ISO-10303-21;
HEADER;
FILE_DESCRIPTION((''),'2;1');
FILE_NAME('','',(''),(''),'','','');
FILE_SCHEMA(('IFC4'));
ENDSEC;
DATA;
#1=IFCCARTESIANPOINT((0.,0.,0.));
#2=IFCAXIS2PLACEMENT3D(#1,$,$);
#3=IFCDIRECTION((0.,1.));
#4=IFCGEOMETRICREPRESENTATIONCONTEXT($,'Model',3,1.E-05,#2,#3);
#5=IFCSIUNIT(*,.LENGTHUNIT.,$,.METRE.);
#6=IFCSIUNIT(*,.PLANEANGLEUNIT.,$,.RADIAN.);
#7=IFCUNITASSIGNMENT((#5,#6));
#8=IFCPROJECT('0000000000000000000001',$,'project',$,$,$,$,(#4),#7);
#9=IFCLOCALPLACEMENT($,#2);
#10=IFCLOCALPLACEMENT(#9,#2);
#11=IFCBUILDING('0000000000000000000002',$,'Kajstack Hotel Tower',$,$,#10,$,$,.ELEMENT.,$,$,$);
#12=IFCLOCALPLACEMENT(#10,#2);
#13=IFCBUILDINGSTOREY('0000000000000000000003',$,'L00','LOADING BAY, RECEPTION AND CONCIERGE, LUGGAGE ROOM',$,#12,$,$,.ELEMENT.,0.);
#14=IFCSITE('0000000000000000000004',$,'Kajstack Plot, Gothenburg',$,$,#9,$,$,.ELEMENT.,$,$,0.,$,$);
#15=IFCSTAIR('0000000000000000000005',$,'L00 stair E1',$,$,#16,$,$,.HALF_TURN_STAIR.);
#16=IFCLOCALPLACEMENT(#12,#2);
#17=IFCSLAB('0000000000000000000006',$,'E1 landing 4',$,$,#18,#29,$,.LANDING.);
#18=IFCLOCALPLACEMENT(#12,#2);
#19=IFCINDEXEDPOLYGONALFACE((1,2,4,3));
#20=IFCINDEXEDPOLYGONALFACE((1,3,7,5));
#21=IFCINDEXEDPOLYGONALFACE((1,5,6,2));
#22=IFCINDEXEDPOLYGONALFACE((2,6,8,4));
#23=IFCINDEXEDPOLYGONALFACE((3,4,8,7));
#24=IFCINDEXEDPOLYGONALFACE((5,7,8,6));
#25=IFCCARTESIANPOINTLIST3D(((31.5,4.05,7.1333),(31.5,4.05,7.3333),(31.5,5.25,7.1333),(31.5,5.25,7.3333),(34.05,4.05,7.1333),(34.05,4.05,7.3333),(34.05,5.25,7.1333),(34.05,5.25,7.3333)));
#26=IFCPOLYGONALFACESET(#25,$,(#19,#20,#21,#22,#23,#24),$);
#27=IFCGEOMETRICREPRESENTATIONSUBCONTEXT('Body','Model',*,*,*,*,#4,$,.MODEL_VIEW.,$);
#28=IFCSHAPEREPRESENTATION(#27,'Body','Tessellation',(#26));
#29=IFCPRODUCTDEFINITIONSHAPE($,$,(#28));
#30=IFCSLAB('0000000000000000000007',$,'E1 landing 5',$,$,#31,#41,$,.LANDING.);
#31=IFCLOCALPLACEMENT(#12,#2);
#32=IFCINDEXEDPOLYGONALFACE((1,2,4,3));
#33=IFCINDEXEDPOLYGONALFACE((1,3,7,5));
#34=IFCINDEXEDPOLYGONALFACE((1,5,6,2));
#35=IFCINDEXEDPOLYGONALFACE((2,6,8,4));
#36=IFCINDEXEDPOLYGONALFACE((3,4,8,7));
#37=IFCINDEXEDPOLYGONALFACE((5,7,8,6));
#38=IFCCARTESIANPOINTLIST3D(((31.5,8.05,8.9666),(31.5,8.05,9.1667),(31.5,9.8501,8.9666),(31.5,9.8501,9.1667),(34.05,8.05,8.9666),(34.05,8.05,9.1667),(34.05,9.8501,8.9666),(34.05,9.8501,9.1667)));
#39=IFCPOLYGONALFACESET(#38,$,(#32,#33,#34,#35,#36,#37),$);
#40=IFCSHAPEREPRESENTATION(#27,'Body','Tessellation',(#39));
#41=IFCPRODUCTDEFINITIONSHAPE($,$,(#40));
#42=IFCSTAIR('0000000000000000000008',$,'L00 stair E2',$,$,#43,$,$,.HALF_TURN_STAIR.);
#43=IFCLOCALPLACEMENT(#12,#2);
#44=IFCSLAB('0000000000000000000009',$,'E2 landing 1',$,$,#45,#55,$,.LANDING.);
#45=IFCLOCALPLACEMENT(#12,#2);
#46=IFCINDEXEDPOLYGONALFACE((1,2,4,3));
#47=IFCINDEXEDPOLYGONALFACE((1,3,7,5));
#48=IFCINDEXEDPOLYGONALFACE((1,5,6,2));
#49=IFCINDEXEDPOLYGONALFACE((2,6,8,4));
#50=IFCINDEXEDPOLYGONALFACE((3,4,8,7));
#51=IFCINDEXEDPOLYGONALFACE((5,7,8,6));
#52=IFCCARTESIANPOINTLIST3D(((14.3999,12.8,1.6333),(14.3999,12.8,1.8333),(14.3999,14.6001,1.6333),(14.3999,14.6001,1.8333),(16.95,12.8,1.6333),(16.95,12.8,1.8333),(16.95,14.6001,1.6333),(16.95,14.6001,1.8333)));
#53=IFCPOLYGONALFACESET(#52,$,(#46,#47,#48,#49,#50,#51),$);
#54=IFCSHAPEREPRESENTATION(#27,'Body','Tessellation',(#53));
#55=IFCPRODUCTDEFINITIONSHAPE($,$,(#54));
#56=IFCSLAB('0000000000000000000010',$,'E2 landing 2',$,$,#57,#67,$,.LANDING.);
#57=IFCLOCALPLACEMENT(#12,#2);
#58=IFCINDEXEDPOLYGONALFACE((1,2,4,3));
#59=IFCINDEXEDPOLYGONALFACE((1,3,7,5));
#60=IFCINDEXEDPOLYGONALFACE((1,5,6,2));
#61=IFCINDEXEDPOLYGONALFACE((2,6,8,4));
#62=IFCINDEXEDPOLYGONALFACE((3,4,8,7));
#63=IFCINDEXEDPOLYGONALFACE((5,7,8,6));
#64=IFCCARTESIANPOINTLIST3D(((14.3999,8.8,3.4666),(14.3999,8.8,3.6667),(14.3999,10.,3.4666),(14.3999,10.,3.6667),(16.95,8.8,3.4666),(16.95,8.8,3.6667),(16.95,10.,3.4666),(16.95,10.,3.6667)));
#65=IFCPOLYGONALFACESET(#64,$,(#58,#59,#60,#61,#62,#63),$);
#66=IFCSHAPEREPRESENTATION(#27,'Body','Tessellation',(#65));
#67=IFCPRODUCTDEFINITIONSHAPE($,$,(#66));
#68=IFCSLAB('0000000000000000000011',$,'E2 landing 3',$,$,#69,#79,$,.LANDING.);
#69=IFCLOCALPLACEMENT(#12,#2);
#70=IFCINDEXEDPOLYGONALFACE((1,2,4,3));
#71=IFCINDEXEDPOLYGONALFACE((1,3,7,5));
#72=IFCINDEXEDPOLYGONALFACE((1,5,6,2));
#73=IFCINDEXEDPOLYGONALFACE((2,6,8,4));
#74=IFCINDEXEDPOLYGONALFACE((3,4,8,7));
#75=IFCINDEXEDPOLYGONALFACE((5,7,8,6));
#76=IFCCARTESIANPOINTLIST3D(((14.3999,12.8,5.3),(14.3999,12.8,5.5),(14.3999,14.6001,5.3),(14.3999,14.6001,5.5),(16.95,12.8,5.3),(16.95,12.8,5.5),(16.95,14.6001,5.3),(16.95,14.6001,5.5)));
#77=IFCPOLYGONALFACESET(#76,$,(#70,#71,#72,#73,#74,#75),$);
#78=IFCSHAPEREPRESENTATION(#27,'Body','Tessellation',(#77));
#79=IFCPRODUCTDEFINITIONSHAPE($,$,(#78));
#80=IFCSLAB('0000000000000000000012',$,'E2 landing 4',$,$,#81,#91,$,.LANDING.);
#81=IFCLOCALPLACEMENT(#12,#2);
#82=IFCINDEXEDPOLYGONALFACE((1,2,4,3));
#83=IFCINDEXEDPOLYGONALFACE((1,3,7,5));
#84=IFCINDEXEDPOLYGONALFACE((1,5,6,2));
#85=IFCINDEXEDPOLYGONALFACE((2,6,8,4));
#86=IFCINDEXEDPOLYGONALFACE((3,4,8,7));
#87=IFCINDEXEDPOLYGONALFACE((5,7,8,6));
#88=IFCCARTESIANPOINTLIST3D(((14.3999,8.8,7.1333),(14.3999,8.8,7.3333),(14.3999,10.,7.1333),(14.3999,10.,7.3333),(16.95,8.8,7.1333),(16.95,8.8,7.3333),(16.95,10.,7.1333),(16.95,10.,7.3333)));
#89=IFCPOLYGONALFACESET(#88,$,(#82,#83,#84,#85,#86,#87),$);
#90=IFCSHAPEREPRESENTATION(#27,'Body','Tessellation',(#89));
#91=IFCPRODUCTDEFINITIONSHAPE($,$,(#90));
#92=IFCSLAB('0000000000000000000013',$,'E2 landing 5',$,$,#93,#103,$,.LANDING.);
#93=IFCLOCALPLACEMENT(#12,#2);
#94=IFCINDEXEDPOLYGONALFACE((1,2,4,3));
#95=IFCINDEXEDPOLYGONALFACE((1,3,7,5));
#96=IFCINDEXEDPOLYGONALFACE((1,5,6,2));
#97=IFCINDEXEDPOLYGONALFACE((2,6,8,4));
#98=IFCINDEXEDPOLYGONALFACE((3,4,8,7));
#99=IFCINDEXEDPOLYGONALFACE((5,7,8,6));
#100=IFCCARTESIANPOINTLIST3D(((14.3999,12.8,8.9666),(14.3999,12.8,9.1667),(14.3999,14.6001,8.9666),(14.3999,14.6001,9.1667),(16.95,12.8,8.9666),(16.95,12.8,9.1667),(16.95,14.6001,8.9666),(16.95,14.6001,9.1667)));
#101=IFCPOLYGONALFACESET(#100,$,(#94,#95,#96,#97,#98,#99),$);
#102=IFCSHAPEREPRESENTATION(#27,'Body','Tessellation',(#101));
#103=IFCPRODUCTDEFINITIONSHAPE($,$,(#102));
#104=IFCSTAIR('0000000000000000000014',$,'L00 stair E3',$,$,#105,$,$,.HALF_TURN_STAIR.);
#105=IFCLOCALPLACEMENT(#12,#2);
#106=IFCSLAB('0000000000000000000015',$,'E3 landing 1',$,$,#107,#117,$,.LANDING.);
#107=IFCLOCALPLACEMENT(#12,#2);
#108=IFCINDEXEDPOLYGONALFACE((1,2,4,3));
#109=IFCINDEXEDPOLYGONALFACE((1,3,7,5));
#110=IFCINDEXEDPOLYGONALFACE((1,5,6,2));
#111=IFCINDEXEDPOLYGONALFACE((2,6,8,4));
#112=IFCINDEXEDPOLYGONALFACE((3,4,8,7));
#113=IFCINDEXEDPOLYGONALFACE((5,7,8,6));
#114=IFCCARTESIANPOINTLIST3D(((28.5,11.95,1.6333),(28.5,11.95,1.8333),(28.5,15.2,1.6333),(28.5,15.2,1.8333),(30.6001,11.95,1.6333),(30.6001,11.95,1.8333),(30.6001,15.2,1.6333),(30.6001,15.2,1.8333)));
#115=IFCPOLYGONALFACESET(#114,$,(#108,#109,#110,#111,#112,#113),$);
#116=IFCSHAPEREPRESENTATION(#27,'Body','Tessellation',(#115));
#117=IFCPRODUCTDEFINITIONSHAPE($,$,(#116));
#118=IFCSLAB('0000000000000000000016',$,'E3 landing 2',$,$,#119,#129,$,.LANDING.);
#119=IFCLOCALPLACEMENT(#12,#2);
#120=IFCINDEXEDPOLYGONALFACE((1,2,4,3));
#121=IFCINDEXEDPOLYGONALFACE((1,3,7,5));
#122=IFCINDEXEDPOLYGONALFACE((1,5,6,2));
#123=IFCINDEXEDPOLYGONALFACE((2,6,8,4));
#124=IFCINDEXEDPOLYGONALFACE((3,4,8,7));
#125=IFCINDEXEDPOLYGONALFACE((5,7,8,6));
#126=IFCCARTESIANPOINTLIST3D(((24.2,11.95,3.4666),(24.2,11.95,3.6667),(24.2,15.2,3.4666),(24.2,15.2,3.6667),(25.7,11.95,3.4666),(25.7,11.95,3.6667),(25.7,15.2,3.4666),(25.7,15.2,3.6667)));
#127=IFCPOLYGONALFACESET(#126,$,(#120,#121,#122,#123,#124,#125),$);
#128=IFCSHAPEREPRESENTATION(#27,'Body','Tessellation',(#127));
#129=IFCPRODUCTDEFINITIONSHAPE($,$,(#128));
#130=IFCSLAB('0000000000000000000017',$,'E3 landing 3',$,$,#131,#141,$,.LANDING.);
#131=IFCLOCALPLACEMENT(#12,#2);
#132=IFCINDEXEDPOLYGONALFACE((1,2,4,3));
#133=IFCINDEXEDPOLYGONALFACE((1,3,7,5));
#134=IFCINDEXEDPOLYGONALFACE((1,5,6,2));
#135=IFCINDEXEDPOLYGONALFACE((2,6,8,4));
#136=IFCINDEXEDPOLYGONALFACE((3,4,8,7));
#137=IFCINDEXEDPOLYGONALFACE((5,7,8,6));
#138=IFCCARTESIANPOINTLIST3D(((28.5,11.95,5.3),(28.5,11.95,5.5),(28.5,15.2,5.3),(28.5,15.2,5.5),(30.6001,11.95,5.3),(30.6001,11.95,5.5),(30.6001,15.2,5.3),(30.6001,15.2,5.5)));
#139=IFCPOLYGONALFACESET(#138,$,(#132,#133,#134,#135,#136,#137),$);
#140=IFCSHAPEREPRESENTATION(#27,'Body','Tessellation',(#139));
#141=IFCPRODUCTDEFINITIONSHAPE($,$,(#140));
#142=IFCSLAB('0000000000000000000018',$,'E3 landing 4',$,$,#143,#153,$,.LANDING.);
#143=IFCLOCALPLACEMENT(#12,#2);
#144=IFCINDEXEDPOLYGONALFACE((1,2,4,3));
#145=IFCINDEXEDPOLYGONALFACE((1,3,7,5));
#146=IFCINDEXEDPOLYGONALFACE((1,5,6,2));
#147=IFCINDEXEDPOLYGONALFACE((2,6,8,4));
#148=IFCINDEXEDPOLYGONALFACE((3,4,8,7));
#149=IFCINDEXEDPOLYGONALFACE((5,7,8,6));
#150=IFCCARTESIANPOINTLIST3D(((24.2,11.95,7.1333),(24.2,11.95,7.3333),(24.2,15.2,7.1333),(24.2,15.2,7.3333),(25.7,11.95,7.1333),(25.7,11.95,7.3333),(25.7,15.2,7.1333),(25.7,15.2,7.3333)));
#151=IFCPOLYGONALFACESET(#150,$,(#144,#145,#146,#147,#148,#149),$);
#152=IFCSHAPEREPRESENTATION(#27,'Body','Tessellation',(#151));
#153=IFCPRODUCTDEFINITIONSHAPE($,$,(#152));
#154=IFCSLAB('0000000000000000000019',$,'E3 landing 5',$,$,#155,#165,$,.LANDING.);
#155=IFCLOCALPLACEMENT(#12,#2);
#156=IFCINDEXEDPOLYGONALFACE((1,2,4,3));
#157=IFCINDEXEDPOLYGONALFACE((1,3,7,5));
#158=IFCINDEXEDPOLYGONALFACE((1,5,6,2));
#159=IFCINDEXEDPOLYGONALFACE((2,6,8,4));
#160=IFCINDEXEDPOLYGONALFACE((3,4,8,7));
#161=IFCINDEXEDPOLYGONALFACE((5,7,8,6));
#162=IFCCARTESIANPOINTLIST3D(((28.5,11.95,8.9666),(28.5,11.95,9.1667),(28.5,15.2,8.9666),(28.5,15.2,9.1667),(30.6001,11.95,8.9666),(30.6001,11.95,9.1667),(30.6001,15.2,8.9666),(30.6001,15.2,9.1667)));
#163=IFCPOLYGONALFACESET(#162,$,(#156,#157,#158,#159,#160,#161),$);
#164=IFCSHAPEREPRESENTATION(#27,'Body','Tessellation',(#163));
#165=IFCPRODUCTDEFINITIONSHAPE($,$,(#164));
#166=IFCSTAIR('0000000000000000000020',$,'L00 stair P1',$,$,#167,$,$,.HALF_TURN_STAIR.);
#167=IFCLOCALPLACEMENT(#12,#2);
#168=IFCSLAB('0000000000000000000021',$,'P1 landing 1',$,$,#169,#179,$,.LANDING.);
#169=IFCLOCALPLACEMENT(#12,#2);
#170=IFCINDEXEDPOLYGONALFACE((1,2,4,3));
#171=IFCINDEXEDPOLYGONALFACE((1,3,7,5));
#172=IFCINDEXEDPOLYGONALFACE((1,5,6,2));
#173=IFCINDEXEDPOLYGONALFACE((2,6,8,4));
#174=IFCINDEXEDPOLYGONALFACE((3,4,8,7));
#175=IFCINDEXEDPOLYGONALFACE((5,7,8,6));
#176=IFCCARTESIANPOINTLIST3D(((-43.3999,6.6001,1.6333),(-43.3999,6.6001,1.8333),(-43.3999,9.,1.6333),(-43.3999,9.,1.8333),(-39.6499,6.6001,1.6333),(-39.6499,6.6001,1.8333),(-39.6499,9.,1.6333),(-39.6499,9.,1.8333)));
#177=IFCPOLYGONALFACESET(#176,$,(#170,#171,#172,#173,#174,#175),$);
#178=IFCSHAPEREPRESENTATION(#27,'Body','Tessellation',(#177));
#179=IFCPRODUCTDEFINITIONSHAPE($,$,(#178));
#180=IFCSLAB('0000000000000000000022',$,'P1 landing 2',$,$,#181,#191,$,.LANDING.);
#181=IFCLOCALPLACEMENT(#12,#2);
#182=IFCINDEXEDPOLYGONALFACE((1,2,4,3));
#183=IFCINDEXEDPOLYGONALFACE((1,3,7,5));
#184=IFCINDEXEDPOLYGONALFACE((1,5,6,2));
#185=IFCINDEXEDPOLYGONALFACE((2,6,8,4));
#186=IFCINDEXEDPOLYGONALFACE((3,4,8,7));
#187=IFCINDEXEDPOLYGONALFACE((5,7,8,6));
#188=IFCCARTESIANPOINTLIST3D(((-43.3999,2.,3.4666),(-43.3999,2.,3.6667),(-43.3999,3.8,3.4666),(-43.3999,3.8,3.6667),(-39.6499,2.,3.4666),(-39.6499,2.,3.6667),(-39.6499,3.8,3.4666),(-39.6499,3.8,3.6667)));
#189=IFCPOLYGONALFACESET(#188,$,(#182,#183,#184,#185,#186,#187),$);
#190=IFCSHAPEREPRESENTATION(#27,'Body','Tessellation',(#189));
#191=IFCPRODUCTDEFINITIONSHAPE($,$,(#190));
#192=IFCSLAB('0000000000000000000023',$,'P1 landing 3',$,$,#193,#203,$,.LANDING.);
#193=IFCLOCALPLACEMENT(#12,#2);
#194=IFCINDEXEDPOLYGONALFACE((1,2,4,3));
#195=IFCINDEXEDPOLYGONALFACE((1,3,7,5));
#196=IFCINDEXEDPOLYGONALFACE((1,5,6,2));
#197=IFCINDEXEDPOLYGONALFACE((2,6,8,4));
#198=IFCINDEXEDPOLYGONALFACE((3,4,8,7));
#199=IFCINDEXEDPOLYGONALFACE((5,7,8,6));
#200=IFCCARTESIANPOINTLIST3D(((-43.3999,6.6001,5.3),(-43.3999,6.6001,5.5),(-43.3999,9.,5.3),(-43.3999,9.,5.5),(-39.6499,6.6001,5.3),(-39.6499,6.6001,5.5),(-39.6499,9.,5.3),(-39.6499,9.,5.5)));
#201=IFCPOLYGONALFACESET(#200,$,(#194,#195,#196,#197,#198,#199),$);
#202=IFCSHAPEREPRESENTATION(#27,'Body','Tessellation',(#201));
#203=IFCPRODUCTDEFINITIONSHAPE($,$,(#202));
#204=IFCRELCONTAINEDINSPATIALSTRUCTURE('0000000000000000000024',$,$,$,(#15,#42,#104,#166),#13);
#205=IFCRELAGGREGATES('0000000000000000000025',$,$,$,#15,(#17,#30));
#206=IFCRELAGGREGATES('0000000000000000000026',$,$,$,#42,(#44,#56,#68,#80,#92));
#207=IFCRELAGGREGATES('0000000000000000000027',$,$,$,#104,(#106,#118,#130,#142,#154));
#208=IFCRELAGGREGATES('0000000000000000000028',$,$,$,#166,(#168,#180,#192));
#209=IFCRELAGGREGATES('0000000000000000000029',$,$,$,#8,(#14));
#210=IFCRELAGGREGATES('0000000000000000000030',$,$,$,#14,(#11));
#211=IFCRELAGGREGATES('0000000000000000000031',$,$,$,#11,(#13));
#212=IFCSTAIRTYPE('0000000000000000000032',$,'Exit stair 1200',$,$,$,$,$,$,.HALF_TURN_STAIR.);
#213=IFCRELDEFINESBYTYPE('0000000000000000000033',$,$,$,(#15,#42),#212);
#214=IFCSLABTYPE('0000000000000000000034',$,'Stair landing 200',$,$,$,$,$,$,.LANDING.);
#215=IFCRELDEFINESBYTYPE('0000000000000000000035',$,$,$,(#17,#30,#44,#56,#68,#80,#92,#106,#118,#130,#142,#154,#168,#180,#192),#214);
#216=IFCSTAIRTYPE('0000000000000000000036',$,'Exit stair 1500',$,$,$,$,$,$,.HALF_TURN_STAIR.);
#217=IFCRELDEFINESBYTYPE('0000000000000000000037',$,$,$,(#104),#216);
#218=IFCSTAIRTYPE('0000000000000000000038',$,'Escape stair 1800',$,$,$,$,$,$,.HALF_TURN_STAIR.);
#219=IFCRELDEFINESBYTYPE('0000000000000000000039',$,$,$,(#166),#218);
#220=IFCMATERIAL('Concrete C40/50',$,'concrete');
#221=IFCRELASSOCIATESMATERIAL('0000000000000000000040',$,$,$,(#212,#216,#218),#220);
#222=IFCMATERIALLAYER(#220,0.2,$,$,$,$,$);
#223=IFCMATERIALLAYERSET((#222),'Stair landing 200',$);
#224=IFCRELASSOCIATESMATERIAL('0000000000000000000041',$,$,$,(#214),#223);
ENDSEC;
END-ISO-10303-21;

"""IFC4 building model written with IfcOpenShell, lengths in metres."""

from ifc_helpers import new_model, si_unit, direction, frame, origin, place, context, subcontext, project, spatial, polyline, outline, extrude, material, layer, layer_set, type_object, element, aggregate, save


model = new_model("IFC4")

# Units and contexts
model_context = context("Model", 3, precision=1e-05, world=origin(), true_north=direction((0.0, 1.0)))
body_context = subcontext(model_context, "Body", "Model", "MODEL_VIEW")
ifc_project = project(units=[si_unit("LENGTHUNIT", "METRE"), si_unit("PLANEANGLEUNIT", "RADIAN")], contexts=[model_context])

# Site, building, storey
site_placement = place(None, origin())
site = spatial("IfcSite", under=ifc_project, at=site_placement, Name="Kajstack Plot, Gothenburg", CompositionType="ELEMENT", RefElevation=0.0)
building_placement = place(site_placement, origin())
building = spatial("IfcBuilding", under=site, at=building_placement, Name="Kajstack Hotel Tower", CompositionType="ELEMENT")
storey_placement = place(building_placement, origin())
storey = spatial("IfcBuildingStorey", under=building, at=storey_placement, Name="L00", Description="LOADING BAY, RECEPTION AND CONCIERGE, LUGGAGE ROOM", CompositionType="ELEMENT", Elevation=0.0)

# Stairs, slabs
ifc_material = material(Name="Concrete C40/50", Category="concrete")
stair_type_1 = type_object("IfcStairType", Name="Exit stair 1200", PredefinedType="HALF_TURN_STAIR", material=ifc_material)
ifc_layer = layer(ifc_material, 0.2)
ifc_layer_set = layer_set([ifc_layer], Name="Stair landing 200")
slab_type = type_object("IfcSlabType", Name="Stair landing 200", PredefinedType="LANDING", material=ifc_layer_set)
stair_type_2 = type_object("IfcStairType", Name="Exit stair 1500", PredefinedType="HALF_TURN_STAIR", material=ifc_material)
stair_1_placement = place(storey_placement, origin())
stair_1 = element("IfcStair", 1, at=stair_1_placement, inside=storey, type_object=stair_type_1, Name="L00 stair E1", PredefinedType="HALF_TURN_STAIR")
slab_1_placement = place(storey_placement, frame((0.0, 0.0, 7.1333)))
slab_1 = element("IfcSlab", 2, at=slab_1_placement, type_object=slab_type, Name="E1 landing 4", PredefinedType="LANDING", context=body_context, shape_type="SweptSolid", body=[
    extrude(outline(polyline([(34.05, 4.05), (34.05, 5.25), (31.5, 5.25), (31.5, 4.05), (34.05, 4.05)])), origin(), (0.0, 0.0, 1.0), 0.2),
])
slab_2_placement = place(storey_placement, frame((0.0, 0.0, 8.9666)))
slab_2 = element("IfcSlab", 3, at=slab_2_placement, type_object=slab_type, Name="E1 landing 5", PredefinedType="LANDING", context=body_context, shape_type="SweptSolid", body=[
    extrude(outline(polyline([(34.05, 8.05), (34.05, 9.8501), (31.5, 9.8501), (31.5, 8.05), (34.05, 8.05)])), origin(), (0.0, 0.0, 1.0), 0.2002),
])
aggregate(stair_1, [slab_1, slab_2])
stair_2_placement = place(storey_placement, origin())
stair_2 = element("IfcStair", 4, at=stair_2_placement, inside=storey, type_object=stair_type_1, Name="L00 stair E2", PredefinedType="HALF_TURN_STAIR")
slab_3_placement = place(storey_placement, frame((0.0, 0.0, 1.6333)))
slab_3 = element("IfcSlab", 5, at=slab_3_placement, type_object=slab_type, Name="E2 landing 1", PredefinedType="LANDING", context=body_context, shape_type="SweptSolid", body=[
    extrude(outline(polyline([(16.95, 12.8), (16.95, 14.6001), (14.3999, 14.6001), (14.3999, 12.8), (16.95, 12.8)])), origin(), (0.0, 0.0, 1.0), 0.2),
])
slab_4_placement = place(storey_placement, frame((0.0, 0.0, 3.4666)))
slab_4 = element("IfcSlab", 6, at=slab_4_placement, type_object=slab_type, Name="E2 landing 2", PredefinedType="LANDING", context=body_context, shape_type="SweptSolid", body=[
    extrude(outline(polyline([(16.95, 8.8), (16.95, 10.0), (14.3999, 10.0), (14.3999, 8.8), (16.95, 8.8)])), origin(), (0.0, 0.0, 1.0), 0.2002),
])
slab_5_placement = place(storey_placement, frame((0.0, 0.0, 5.3)))
slab_5 = element("IfcSlab", 7, at=slab_5_placement, type_object=slab_type, Name="E2 landing 3", PredefinedType="LANDING", context=body_context, shape_type="SweptSolid", body=[
    extrude(outline(polyline([(16.95, 12.8), (16.95, 14.6001), (14.3999, 14.6001), (14.3999, 12.8), (16.95, 12.8)])), origin(), (0.0, 0.0, 1.0), 0.2),
])
slab_6_placement = place(storey_placement, frame((0.0, 0.0, 7.1333)))
slab_6 = element("IfcSlab", 8, at=slab_6_placement, type_object=slab_type, Name="E2 landing 4", PredefinedType="LANDING", context=body_context, shape_type="SweptSolid", body=[
    extrude(outline(polyline([(16.95, 8.8), (16.95, 10.0), (14.3999, 10.0), (14.3999, 8.8), (16.95, 8.8)])), origin(), (0.0, 0.0, 1.0), 0.2),
])
slab_7_placement = place(storey_placement, frame((0.0, 0.0, 8.9666)))
slab_7 = element("IfcSlab", 9, at=slab_7_placement, type_object=slab_type, Name="E2 landing 5", PredefinedType="LANDING", context=body_context, shape_type="SweptSolid", body=[
    extrude(outline(polyline([(16.95, 12.8), (16.95, 14.6001), (14.3999, 14.6001), (14.3999, 12.8), (16.95, 12.8)])), origin(), (0.0, 0.0, 1.0), 0.2002),
])
aggregate(stair_2, [slab_3, slab_4, slab_5, slab_6, slab_7])
stair_3_placement = place(storey_placement, origin())
stair_3 = element("IfcStair", 10, at=stair_3_placement, inside=storey, type_object=stair_type_2, Name="L00 stair E3", PredefinedType="HALF_TURN_STAIR")
slab_8_placement = place(storey_placement, frame((0.0, 0.0, 1.6333)))
slab_8 = element("IfcSlab", 11, at=slab_8_placement, type_object=slab_type, Name="E3 landing 1", PredefinedType="LANDING", context=body_context, shape_type="SweptSolid", body=[
    extrude(outline(polyline([(28.5, 11.95), (30.6001, 11.95), (30.6001, 15.2), (28.5, 15.2), (28.5, 11.95)])), origin(), (0.0, 0.0, 1.0), 0.2),
])
slab_9_placement = place(storey_placement, frame((0.0, 0.0, 3.4666)))
slab_9 = element("IfcSlab", 12, at=slab_9_placement, type_object=slab_type, Name="E3 landing 2", PredefinedType="LANDING", context=body_context, shape_type="SweptSolid", body=[
    extrude(outline(polyline([(24.2, 11.95), (25.7, 11.95), (25.7, 15.2), (24.2, 15.2), (24.2, 11.95)])), origin(), (0.0, 0.0, 1.0), 0.2002),
])
slab_10_placement = place(storey_placement, frame((0.0, 0.0, 5.3)))
slab_10 = element("IfcSlab", 13, at=slab_10_placement, type_object=slab_type, Name="E3 landing 3", PredefinedType="LANDING", context=body_context, shape_type="SweptSolid", body=[
    extrude(outline(polyline([(28.5, 11.95), (30.6001, 11.95), (30.6001, 15.2), (28.5, 15.2), (28.5, 11.95)])), origin(), (0.0, 0.0, 1.0), 0.2),
])
slab_11_placement = place(storey_placement, frame((0.0, 0.0, 7.1333)))
slab_11 = element("IfcSlab", 14, at=slab_11_placement, type_object=slab_type, Name="E3 landing 4", PredefinedType="LANDING", context=body_context, shape_type="SweptSolid", body=[
    extrude(outline(polyline([(24.2, 11.95), (25.7, 11.95), (25.7, 15.2), (24.2, 15.2), (24.2, 11.95)])), origin(), (0.0, 0.0, 1.0), 0.2),
])
slab_12_placement = place(storey_placement, frame((0.0, 0.0, 8.9666)))
slab_12 = element("IfcSlab", 15, at=slab_12_placement, type_object=slab_type, Name="E3 landing 5", PredefinedType="LANDING", context=body_context, shape_type="SweptSolid", body=[
    extrude(outline(polyline([(28.5, 11.95), (30.6001, 11.95), (30.6001, 15.2), (28.5, 15.2), (28.5, 11.95)])), origin(), (0.0, 0.0, 1.0), 0.2002),
])
aggregate(stair_3, [slab_8, slab_9, slab_10, slab_11, slab_12])
stair_type_3 = type_object("IfcStairType", Name="Escape stair 1800", PredefinedType="HALF_TURN_STAIR", material=ifc_material)
stair_4_placement = place(storey_placement, origin())
stair_4 = element("IfcStair", 16, at=stair_4_placement, inside=storey, type_object=stair_type_3, Name="L00 stair P1", PredefinedType="HALF_TURN_STAIR")
slab_13_placement = place(storey_placement, frame((0.0, 0.0, 1.6333)))
slab_13 = element("IfcSlab", 17, at=slab_13_placement, type_object=slab_type, Name="P1 landing 1", PredefinedType="LANDING", context=body_context, shape_type="SweptSolid", body=[
    extrude(outline(polyline([(-39.6499, 6.6001), (-39.6499, 9.0), (-43.3999, 9.0), (-43.3999, 6.6001), (-39.6499, 6.6001)])), origin(), (0.0, 0.0, 1.0), 0.2),
])
slab_14_placement = place(storey_placement, frame((0.0, 0.0, 3.4666)))
slab_14 = element("IfcSlab", 18, at=slab_14_placement, type_object=slab_type, Name="P1 landing 2", PredefinedType="LANDING", context=body_context, shape_type="SweptSolid", body=[
    extrude(outline(polyline([(-39.6499, 2.0), (-39.6499, 3.8), (-43.3999, 3.8), (-43.3999, 2.0), (-39.6499, 2.0)])), origin(), (0.0, 0.0, 1.0), 0.2002),
])
slab_15_placement = place(storey_placement, frame((0.0, 0.0, 5.3)))
slab_15 = element("IfcSlab", 19, at=slab_15_placement, type_object=slab_type, Name="P1 landing 3", PredefinedType="LANDING", context=body_context, shape_type="SweptSolid", body=[
    extrude(outline(polyline([(-39.6499, 6.6001), (-39.6499, 9.0), (-43.3999, 9.0), (-43.3999, 6.6001), (-39.6499, 6.6001)])), origin(), (0.0, 0.0, 1.0), 0.2),
])
aggregate(stair_4, [slab_13, slab_14, slab_15])

save(model, "model.ifc")
